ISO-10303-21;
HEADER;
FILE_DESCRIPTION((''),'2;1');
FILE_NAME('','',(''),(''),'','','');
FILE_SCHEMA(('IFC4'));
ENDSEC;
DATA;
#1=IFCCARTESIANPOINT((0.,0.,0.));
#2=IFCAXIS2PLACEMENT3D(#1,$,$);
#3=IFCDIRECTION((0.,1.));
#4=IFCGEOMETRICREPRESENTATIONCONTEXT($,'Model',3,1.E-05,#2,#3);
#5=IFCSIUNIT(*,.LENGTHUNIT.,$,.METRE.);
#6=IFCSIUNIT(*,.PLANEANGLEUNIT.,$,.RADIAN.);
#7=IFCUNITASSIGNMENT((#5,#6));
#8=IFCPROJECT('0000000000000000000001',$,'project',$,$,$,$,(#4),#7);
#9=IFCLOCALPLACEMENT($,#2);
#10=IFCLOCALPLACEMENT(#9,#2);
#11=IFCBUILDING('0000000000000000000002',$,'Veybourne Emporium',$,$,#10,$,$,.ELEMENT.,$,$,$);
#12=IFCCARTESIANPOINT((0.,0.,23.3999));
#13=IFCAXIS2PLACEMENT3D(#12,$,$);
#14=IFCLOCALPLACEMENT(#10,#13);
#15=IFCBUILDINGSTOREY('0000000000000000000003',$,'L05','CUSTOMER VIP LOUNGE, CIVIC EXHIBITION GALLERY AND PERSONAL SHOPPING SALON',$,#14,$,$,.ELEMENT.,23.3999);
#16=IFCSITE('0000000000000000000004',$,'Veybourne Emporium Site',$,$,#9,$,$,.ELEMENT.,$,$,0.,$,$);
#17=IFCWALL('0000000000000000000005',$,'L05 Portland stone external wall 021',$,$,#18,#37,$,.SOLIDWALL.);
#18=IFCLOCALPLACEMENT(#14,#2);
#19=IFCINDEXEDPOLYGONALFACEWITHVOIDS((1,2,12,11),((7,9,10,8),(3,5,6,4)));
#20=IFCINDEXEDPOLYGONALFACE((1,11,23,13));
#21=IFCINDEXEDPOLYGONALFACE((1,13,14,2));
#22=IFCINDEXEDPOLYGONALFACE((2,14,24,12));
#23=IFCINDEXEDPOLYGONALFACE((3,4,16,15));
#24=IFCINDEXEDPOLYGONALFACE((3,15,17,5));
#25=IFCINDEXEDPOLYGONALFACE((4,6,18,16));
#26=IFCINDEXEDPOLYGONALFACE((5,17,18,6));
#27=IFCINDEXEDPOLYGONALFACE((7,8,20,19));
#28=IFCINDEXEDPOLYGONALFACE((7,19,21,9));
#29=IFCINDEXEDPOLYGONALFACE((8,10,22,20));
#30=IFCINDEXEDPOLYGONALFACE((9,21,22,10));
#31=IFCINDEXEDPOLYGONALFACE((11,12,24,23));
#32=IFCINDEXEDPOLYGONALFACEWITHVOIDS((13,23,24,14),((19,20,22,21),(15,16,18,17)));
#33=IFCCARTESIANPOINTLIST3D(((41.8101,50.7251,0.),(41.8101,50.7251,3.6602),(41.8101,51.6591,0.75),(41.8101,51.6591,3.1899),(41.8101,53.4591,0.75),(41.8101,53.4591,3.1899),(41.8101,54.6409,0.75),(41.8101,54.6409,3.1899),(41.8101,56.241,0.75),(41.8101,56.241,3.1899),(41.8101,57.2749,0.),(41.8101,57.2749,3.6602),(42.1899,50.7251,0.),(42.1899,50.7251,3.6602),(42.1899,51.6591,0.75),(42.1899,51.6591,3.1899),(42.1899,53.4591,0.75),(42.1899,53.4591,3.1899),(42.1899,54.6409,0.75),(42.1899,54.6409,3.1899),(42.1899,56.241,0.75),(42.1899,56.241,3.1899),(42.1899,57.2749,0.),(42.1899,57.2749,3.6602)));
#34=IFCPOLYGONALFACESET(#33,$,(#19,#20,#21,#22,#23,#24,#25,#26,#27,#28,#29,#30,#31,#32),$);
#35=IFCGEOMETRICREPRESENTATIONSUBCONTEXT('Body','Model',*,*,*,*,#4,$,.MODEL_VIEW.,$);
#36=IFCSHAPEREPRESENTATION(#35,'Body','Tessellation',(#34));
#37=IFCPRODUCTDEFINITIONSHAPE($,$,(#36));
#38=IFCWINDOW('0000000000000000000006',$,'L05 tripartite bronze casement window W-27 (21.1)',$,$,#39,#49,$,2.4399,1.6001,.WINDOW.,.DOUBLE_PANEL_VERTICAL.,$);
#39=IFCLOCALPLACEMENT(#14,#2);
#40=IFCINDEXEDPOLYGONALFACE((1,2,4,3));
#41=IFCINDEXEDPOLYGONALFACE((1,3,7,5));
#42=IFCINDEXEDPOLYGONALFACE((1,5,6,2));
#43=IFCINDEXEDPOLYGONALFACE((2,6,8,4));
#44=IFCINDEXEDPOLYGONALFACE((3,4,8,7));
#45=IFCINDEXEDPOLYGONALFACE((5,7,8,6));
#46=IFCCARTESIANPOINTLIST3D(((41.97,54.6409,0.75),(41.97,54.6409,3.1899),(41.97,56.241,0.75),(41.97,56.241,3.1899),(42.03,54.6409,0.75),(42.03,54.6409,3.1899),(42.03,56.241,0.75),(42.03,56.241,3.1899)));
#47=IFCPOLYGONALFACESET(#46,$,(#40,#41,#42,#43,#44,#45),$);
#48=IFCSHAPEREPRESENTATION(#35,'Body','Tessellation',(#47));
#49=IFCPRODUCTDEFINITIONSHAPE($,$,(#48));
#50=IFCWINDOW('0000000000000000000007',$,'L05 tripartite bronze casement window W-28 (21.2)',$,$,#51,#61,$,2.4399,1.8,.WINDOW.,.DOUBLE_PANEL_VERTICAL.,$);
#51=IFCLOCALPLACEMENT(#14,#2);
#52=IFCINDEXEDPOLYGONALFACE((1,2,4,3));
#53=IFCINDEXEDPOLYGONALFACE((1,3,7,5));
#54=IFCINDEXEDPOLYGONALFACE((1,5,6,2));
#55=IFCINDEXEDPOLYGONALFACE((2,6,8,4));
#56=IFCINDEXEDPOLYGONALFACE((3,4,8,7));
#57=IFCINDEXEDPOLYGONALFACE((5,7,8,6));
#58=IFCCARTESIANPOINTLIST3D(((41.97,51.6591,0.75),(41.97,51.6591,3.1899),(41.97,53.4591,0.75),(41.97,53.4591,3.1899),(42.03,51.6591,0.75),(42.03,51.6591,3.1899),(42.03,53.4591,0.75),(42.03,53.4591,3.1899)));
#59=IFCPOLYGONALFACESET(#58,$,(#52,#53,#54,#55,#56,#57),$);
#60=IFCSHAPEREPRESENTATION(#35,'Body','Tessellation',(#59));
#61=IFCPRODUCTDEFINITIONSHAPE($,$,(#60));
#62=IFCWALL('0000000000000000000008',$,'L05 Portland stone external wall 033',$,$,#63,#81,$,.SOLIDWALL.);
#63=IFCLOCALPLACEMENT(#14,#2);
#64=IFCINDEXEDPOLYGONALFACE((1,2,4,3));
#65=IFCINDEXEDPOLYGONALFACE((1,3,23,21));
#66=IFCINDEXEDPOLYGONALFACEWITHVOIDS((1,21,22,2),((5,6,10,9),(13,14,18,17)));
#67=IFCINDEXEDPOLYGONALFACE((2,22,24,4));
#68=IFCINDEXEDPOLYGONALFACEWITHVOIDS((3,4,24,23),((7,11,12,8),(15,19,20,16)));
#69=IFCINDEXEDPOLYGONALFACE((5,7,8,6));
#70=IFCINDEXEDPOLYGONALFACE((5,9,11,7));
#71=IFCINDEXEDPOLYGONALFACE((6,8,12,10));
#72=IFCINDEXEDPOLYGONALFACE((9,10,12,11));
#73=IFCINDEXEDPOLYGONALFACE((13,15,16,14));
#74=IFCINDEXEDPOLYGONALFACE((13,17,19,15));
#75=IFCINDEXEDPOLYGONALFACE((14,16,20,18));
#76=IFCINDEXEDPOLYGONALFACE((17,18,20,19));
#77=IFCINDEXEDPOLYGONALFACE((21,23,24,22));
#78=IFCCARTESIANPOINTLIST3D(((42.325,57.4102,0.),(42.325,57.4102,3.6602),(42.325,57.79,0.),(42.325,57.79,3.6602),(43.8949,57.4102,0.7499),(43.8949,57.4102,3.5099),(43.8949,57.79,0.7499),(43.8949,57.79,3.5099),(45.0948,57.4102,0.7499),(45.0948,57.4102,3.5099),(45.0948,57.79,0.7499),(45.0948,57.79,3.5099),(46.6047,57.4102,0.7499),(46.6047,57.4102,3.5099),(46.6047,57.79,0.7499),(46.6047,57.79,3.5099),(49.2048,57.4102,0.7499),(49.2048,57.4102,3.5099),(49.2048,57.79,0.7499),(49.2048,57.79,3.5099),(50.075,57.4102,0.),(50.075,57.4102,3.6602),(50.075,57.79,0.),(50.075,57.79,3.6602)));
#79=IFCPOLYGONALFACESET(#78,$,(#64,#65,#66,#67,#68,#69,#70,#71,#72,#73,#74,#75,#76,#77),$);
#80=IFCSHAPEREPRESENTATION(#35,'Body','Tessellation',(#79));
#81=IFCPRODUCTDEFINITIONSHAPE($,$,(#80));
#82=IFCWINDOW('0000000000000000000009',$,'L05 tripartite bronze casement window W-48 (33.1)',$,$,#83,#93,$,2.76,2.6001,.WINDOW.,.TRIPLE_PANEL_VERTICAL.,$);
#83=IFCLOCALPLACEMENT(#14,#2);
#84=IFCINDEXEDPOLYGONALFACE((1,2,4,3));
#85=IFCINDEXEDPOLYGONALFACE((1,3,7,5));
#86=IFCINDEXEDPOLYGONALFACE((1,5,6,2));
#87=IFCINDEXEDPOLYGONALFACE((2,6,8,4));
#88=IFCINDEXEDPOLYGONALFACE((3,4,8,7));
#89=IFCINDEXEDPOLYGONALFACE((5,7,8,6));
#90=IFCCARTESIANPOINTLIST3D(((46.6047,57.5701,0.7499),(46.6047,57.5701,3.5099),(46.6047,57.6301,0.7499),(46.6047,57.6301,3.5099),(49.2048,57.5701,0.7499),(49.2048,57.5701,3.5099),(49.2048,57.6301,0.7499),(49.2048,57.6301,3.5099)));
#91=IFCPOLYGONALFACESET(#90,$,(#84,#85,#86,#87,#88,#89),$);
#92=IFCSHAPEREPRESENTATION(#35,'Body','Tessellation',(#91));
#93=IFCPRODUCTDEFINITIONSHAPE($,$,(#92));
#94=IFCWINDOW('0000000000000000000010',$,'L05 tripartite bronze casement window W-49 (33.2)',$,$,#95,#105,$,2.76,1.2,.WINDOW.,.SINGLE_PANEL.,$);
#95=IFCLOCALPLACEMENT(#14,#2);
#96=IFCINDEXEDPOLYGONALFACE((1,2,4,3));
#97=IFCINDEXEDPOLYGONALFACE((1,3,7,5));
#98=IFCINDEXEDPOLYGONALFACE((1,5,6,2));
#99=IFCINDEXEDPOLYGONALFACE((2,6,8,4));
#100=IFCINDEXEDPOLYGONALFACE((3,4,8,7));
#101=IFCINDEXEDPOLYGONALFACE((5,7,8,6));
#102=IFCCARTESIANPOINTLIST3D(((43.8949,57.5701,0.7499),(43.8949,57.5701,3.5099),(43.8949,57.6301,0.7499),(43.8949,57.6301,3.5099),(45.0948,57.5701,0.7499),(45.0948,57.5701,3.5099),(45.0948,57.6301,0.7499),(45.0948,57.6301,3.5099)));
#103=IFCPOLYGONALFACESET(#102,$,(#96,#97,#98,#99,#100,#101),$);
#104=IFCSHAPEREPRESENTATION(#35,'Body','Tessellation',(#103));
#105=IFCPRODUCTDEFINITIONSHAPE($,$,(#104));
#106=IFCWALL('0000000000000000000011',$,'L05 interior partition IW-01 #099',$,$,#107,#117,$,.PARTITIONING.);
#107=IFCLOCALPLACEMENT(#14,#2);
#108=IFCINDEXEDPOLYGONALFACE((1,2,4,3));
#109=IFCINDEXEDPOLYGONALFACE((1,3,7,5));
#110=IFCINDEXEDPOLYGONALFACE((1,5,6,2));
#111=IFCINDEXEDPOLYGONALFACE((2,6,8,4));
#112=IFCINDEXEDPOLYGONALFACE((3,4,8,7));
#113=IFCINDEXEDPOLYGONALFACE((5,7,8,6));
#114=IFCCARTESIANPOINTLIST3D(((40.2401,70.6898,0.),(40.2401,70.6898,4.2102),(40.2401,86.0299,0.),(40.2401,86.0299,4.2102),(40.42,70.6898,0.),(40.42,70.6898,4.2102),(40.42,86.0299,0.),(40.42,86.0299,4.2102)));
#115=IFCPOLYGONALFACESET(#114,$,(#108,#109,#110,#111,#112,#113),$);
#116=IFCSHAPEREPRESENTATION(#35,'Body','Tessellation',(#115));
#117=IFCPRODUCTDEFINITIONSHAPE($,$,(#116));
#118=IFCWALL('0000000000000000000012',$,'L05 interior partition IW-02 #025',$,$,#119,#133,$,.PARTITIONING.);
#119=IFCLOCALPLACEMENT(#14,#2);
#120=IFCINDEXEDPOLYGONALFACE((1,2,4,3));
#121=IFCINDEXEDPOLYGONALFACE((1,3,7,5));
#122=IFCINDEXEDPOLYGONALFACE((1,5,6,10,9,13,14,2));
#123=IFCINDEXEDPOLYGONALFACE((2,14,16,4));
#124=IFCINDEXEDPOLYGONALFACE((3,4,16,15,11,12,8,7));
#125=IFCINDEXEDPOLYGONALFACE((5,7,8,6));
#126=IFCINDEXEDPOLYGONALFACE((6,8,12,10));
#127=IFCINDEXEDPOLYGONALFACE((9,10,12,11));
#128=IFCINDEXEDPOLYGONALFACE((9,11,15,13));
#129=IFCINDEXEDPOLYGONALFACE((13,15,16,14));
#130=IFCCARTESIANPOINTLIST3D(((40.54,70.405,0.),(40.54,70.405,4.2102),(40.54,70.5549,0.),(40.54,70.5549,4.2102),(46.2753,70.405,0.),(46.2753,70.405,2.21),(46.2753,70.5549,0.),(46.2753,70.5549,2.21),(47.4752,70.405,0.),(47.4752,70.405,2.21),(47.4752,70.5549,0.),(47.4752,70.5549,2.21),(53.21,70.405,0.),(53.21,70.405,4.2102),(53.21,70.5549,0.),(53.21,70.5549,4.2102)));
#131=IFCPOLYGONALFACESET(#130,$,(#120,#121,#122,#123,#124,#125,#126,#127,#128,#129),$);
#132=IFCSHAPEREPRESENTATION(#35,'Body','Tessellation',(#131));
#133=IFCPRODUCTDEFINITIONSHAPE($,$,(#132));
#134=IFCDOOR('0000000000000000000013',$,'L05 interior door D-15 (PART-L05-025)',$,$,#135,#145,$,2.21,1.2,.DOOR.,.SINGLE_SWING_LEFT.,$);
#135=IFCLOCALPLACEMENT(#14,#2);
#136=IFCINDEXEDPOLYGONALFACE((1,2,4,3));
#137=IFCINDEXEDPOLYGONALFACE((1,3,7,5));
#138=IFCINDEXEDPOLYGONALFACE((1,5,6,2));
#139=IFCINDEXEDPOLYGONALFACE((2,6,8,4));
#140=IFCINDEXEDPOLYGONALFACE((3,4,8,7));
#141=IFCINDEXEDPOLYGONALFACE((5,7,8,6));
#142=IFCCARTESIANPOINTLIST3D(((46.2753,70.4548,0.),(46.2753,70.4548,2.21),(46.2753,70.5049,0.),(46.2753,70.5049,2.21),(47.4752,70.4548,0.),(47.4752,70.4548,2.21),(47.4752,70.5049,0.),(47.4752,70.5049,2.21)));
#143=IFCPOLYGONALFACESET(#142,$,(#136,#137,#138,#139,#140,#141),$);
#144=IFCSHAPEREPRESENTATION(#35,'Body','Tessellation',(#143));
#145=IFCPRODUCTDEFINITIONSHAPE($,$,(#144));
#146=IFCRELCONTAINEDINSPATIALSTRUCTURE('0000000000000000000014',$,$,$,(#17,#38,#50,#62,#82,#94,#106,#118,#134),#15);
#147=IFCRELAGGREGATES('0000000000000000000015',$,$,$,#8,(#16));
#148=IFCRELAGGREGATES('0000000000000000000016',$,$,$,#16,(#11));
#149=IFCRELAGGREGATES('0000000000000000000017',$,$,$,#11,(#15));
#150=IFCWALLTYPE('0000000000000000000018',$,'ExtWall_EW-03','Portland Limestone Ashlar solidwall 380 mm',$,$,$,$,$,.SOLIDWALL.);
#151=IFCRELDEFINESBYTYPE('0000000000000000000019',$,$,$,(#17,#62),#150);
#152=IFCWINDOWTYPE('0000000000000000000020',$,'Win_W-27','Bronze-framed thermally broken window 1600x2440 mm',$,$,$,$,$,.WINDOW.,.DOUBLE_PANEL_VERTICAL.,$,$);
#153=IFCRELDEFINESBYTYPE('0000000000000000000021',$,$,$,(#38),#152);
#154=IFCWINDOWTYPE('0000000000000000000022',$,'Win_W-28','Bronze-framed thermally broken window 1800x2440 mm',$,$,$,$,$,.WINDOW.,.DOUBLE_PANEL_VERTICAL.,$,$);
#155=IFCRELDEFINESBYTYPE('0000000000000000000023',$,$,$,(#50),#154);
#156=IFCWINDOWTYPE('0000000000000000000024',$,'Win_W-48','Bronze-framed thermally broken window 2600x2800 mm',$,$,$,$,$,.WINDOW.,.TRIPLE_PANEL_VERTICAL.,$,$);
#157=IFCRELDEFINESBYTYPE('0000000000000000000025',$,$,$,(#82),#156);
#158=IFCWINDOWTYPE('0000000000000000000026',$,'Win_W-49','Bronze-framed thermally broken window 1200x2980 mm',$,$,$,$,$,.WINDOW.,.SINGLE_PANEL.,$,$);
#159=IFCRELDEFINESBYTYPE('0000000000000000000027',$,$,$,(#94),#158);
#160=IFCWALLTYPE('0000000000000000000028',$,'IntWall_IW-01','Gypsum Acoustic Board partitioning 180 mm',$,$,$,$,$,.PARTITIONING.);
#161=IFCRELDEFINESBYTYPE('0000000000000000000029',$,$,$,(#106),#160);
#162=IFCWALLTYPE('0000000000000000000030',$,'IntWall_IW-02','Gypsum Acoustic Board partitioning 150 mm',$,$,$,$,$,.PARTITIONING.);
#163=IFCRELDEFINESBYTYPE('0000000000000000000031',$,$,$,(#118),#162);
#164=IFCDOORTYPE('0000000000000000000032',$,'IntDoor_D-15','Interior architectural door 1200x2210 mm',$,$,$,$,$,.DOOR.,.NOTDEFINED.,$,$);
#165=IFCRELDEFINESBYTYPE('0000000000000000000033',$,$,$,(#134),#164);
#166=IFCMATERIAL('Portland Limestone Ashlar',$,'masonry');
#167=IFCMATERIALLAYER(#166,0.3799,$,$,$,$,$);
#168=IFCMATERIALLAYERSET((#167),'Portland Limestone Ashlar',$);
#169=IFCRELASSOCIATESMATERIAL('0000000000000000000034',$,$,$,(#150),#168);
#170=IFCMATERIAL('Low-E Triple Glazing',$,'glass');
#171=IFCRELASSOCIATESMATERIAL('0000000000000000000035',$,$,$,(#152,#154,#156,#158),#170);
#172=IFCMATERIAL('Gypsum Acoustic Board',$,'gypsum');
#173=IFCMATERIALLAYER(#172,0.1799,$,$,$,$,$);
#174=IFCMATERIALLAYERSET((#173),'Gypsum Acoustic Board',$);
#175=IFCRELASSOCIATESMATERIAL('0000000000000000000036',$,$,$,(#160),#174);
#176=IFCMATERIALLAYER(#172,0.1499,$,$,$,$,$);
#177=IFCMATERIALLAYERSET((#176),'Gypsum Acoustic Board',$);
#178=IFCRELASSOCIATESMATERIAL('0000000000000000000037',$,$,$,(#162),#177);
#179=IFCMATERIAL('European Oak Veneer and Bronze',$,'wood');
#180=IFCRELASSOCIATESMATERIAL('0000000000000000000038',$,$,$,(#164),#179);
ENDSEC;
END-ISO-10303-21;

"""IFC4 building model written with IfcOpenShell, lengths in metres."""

from ifc_helpers import new_model, si_unit, direction, frame, frame_2d, origin, place, context, subcontext, project, spatial, rectangle, extrude, material, layer, layer_set, type_object, element, fill, save


model = new_model("IFC4")

# Units and contexts
model_context = context("Model", 3, precision=1e-05, world=origin(), true_north=direction((0.0, 1.0)))
body_context = subcontext(model_context, "Body", "Model", "MODEL_VIEW")
ifc_project = project(units=[si_unit("LENGTHUNIT", "METRE"), si_unit("PLANEANGLEUNIT", "RADIAN")], contexts=[model_context])

# Site, building, storey
site_placement = place(None, origin())
site = spatial("IfcSite", under=ifc_project, at=site_placement, Name="Veybourne Emporium Site", CompositionType="ELEMENT", RefElevation=0.0)
building_placement = place(site_placement, origin())
building = spatial("IfcBuilding", under=site, at=building_placement, Name="Veybourne Emporium", CompositionType="ELEMENT")
storey_placement = place(building_placement, frame((0.0, 0.0, 23.3999)))
storey = spatial("IfcBuildingStorey", under=building, at=storey_placement, Name="L05", Description="CUSTOMER VIP LOUNGE, CIVIC EXHIBITION GALLERY AND PERSONAL SHOPPING SALON", CompositionType="ELEMENT", Elevation=23.3999)

# Walls, openings, windows
ifc_material_1 = material(Name="Portland Limestone Ashlar", Category="masonry")
ifc_layer_1 = layer(ifc_material_1, 0.3799)
ifc_layer_set_1 = layer_set([ifc_layer_1], Name="Portland Limestone Ashlar")
wall_type_1 = type_object("IfcWallType", Name="ExtWall_EW-03", Description="Portland Limestone Ashlar solidwall 380 mm", PredefinedType="SOLIDWALL", material=ifc_layer_set_1)
wall_1_placement = place(storey_placement, frame((42.0, 57.2749, 0.0), z_axis=(0.0, 0.0, 1.0), x_axis=(0.0, -1.0, 0.0)))
wall_1 = element("IfcWall", 1, at=wall_1_placement, inside=storey, type_object=wall_type_1, Name="L05 Portland stone external wall 021", PredefinedType="SOLIDWALL", context=body_context, shape_type="SweptSolid", body=[
    extrude(rectangle(XDim=6.5498, YDim=0.3799, at=frame_2d((3.2749, 0.0))), origin(), (0.0, 0.0, 1.0), 3.6602),
])
opening_1_placement = place(wall_1_placement, frame((1.0339, 0.0, 0.75)))
opening_1 = element("IfcOpeningElement", 2, at=opening_1_placement, cuts=wall_1, PredefinedType="OPENING", context=body_context, shape_type="SweptSolid", body=[
    extrude(rectangle(XDim=1.6001, YDim=2.4399, at=frame_2d((0.8, 1.22))), frame((0.0, 0.21, 0.0), z_axis=(0.0, -1.0, 0.0), x_axis=(1.0, 0.0, 0.0)), (0.0, 0.0, 1.0), 0.4199),
])
opening_2_placement = place(wall_1_placement, frame((3.8159, 0.0, 0.75)))
opening_2 = element("IfcOpeningElement", 3, at=opening_2_placement, cuts=wall_1, PredefinedType="OPENING", context=body_context, shape_type="SweptSolid", body=[
    extrude(rectangle(XDim=1.8, YDim=2.4399, at=frame_2d((0.8999, 1.22))), frame((0.0, 0.21, 0.0), z_axis=(0.0, -1.0, 0.0), x_axis=(1.0, 0.0, 0.0)), (0.0, 0.0, 1.0), 0.4199),
])
ifc_material_2 = material(Name="Low-E Triple Glazing", Category="glass")
window_type_1 = type_object("IfcWindowType", Name="Win_W-27", Description="Bronze-framed thermally broken window 1600x2440 mm", PartitioningType="DOUBLE_PANEL_VERTICAL", PredefinedType="WINDOW", material=ifc_material_2)
window_1_placement = place(opening_1_placement, origin())
window_1 = element("IfcWindow", 4, at=window_1_placement, inside=storey, type_object=window_type_1, Name="L05 tripartite bronze casement window W-27 (21.1)", OverallHeight=2.4399, OverallWidth=1.6001, PartitioningType="DOUBLE_PANEL_VERTICAL", PredefinedType="WINDOW", context=body_context, shape_type="SweptSolid", body=[
    extrude(rectangle(XDim=1.6001, YDim=2.4399, at=frame_2d((0.8, 1.22))), frame((0.0, 0.03, 0.0), z_axis=(0.0, -1.0, 0.0), x_axis=(1.0, 0.0, 0.0)), (0.0, 0.0, 1.0), 0.0601),
])
fill(opening_1, window_1)
window_type_2 = type_object("IfcWindowType", Name="Win_W-28", Description="Bronze-framed thermally broken window 1800x2440 mm", PartitioningType="DOUBLE_PANEL_VERTICAL", PredefinedType="WINDOW", material=ifc_material_2)
window_2_placement = place(opening_2_placement, origin())
window_2 = element("IfcWindow", 5, at=window_2_placement, inside=storey, type_object=window_type_2, Name="L05 tripartite bronze casement window W-28 (21.2)", OverallHeight=2.4399, OverallWidth=1.8, PartitioningType="DOUBLE_PANEL_VERTICAL", PredefinedType="WINDOW", context=body_context, shape_type="SweptSolid", body=[
    extrude(rectangle(XDim=1.8, YDim=2.4399, at=frame_2d((0.8999, 1.22))), frame((0.0, 0.03, 0.0), z_axis=(0.0, -1.0, 0.0), x_axis=(1.0, 0.0, 0.0)), (0.0, 0.0, 1.0), 0.0601),
])
fill(opening_2, window_2)
wall_2_placement = place(storey_placement, frame((50.075, 57.6001, 0.0), z_axis=(0.0, 0.0, 1.0), x_axis=(-1.0, 0.0, 0.0)))
wall_2 = element("IfcWall", 6, at=wall_2_placement, inside=storey, type_object=wall_type_1, Name="L05 Portland stone external wall 033", PredefinedType="SOLIDWALL", context=body_context, shape_type="SweptSolid", body=[
    extrude(rectangle(XDim=7.75, YDim=0.3799, at=frame_2d((3.875, 0.0))), origin(), (0.0, 0.0, 1.0), 3.6602),
])
opening_3_placement = place(wall_2_placement, frame((0.8701, 0.0, 0.75)))
opening_3 = element("IfcOpeningElement", 7, at=opening_3_placement, cuts=wall_2, PredefinedType="OPENING", context=body_context, shape_type="SweptSolid", body=[
    extrude(rectangle(XDim=2.6001, YDim=2.76, at=frame_2d((1.3, 1.3799))), frame((0.0, 0.21, 0.0), z_axis=(0.0, -1.0, 0.0), x_axis=(1.0, 0.0, 0.0)), (0.0, 0.0, 1.0), 0.4199),
])
opening_4_placement = place(wall_2_placement, frame((4.98, 0.0, 0.75)))
opening_4 = element("IfcOpeningElement", 8, at=opening_4_placement, cuts=wall_2, PredefinedType="OPENING", context=body_context, shape_type="SweptSolid", body=[
    extrude(rectangle(XDim=1.2, YDim=2.76, at=frame_2d((0.6001, 1.3799))), frame((0.0, 0.21, 0.0), z_axis=(0.0, -1.0, 0.0), x_axis=(1.0, 0.0, 0.0)), (0.0, 0.0, 1.0), 0.4199),
])
window_type_3 = type_object("IfcWindowType", Name="Win_W-48", Description="Bronze-framed thermally broken window 2600x2800 mm", PartitioningType="TRIPLE_PANEL_VERTICAL", PredefinedType="WINDOW", material=ifc_material_2)
window_3_placement = place(opening_3_placement, origin())
window_3 = element("IfcWindow", 9, at=window_3_placement, inside=storey, type_object=window_type_3, Name="L05 tripartite bronze casement window W-48 (33.1)", OverallHeight=2.76, OverallWidth=2.6001, PartitioningType="TRIPLE_PANEL_VERTICAL", PredefinedType="WINDOW", context=body_context, shape_type="SweptSolid", body=[
    extrude(rectangle(XDim=2.6001, YDim=2.76, at=frame_2d((1.3, 1.3799))), frame((0.0, 0.03, 0.0), z_axis=(0.0, -1.0, 0.0), x_axis=(1.0, 0.0, 0.0)), (0.0, 0.0, 1.0), 0.0601),
])
fill(opening_3, window_3)
window_type_4 = type_object("IfcWindowType", Name="Win_W-49", Description="Bronze-framed thermally broken window 1200x2980 mm", PartitioningType="SINGLE_PANEL", PredefinedType="WINDOW", material=ifc_material_2)
window_4_placement = place(opening_4_placement, origin())
window_4 = element("IfcWindow", 10, at=window_4_placement, inside=storey, type_object=window_type_4, Name="L05 tripartite bronze casement window W-49 (33.2)", OverallHeight=2.76, OverallWidth=1.2, PartitioningType="SINGLE_PANEL", PredefinedType="WINDOW", context=body_context, shape_type="SweptSolid", body=[
    extrude(rectangle(XDim=1.2, YDim=2.76, at=frame_2d((0.6001, 1.3799))), frame((0.0, 0.03, 0.0), z_axis=(0.0, -1.0, 0.0), x_axis=(1.0, 0.0, 0.0)), (0.0, 0.0, 1.0), 0.0601),
])
fill(opening_4, window_4)

# Wall
ifc_material_3 = material(Name="Gypsum Acoustic Board", Category="gypsum")
ifc_layer_2 = layer(ifc_material_3, 0.1799)
ifc_layer_set_2 = layer_set([ifc_layer_2], Name="Gypsum Acoustic Board")
wall_type_2 = type_object("IfcWallType", Name="IntWall_IW-01", Description="Gypsum Acoustic Board partitioning 180 mm", PredefinedType="PARTITIONING", material=ifc_layer_set_2)
wall_3_placement = place(storey_placement, frame((40.3301, 70.6899, 0.0), z_axis=(0.0, 0.0, 1.0), x_axis=(0.0, 1.0, 0.0)))
element("IfcWall", 11, at=wall_3_placement, inside=storey, type_object=wall_type_2, Name="L05 interior partition IW-01 #099", PredefinedType="PARTITIONING", context=body_context, shape_type="SweptSolid", body=[
    extrude(rectangle(XDim=15.3401, YDim=0.1799, at=frame_2d((7.6699, 0.0))), origin(), (0.0, 0.0, 1.0), 4.2102),
])

# Wall, opening, door
ifc_layer_3 = layer(ifc_material_3, 0.1499)
ifc_layer_set_3 = layer_set([ifc_layer_3], Name="Gypsum Acoustic Board")
wall_type_3 = type_object("IfcWallType", Name="IntWall_IW-02", Description="Gypsum Acoustic Board partitioning 150 mm", PredefinedType="PARTITIONING", material=ifc_layer_set_3)
wall_4_placement = place(storey_placement, frame((40.54, 70.48, 0.0), z_axis=(0.0, 0.0, 1.0), x_axis=(1.0, 0.0, 0.0)))
wall_4 = element("IfcWall", 12, at=wall_4_placement, inside=storey, type_object=wall_type_3, Name="L05 interior partition IW-02 #025", PredefinedType="PARTITIONING", context=body_context, shape_type="SweptSolid", body=[
    extrude(rectangle(XDim=12.6699, YDim=0.1499, at=frame_2d((6.335, 0.0))), origin(), (0.0, 0.0, 1.0), 4.2102),
])
opening_5_placement = place(wall_4_placement, frame((5.7351, 0.0, 0.0)))
opening_5 = element("IfcOpeningElement", 13, at=opening_5_placement, cuts=wall_4, PredefinedType="OPENING", context=body_context, shape_type="SweptSolid", body=[
    extrude(rectangle(XDim=1.2, YDim=2.21, at=frame_2d((0.6001, 1.105))), frame((0.0, 0.095, 0.0), z_axis=(0.0, -1.0, 0.0), x_axis=(1.0, 0.0, 0.0)), (0.0, 0.0, 1.0), 0.1899),
])
ifc_material_4 = material(Name="European Oak Veneer and Bronze", Category="wood")
door_type = type_object("IfcDoorType", Name="IntDoor_D-15", Description="Interior architectural door 1200x2210 mm", OperationType="NOTDEFINED", PredefinedType="DOOR", material=ifc_material_4)
door_placement = place(opening_5_placement, origin())
door = element("IfcDoor", 14, at=door_placement, inside=storey, type_object=door_type, Name="L05 interior door D-15 (PART-L05-025)", OperationType="SINGLE_SWING_LEFT", OverallHeight=2.21, OverallWidth=1.2, PredefinedType="DOOR", context=body_context, shape_type="SweptSolid", body=[
    extrude(rectangle(XDim=1.2, YDim=2.21, at=frame_2d((0.6001, 1.105))), frame((0.0, 0.0249, 0.0), z_axis=(0.0, -1.0, 0.0), x_axis=(1.0, 0.0, 0.0)), (0.0, 0.0, 1.0), 0.05),
])
fill(opening_5, door)

save(model, "model.ifc")
